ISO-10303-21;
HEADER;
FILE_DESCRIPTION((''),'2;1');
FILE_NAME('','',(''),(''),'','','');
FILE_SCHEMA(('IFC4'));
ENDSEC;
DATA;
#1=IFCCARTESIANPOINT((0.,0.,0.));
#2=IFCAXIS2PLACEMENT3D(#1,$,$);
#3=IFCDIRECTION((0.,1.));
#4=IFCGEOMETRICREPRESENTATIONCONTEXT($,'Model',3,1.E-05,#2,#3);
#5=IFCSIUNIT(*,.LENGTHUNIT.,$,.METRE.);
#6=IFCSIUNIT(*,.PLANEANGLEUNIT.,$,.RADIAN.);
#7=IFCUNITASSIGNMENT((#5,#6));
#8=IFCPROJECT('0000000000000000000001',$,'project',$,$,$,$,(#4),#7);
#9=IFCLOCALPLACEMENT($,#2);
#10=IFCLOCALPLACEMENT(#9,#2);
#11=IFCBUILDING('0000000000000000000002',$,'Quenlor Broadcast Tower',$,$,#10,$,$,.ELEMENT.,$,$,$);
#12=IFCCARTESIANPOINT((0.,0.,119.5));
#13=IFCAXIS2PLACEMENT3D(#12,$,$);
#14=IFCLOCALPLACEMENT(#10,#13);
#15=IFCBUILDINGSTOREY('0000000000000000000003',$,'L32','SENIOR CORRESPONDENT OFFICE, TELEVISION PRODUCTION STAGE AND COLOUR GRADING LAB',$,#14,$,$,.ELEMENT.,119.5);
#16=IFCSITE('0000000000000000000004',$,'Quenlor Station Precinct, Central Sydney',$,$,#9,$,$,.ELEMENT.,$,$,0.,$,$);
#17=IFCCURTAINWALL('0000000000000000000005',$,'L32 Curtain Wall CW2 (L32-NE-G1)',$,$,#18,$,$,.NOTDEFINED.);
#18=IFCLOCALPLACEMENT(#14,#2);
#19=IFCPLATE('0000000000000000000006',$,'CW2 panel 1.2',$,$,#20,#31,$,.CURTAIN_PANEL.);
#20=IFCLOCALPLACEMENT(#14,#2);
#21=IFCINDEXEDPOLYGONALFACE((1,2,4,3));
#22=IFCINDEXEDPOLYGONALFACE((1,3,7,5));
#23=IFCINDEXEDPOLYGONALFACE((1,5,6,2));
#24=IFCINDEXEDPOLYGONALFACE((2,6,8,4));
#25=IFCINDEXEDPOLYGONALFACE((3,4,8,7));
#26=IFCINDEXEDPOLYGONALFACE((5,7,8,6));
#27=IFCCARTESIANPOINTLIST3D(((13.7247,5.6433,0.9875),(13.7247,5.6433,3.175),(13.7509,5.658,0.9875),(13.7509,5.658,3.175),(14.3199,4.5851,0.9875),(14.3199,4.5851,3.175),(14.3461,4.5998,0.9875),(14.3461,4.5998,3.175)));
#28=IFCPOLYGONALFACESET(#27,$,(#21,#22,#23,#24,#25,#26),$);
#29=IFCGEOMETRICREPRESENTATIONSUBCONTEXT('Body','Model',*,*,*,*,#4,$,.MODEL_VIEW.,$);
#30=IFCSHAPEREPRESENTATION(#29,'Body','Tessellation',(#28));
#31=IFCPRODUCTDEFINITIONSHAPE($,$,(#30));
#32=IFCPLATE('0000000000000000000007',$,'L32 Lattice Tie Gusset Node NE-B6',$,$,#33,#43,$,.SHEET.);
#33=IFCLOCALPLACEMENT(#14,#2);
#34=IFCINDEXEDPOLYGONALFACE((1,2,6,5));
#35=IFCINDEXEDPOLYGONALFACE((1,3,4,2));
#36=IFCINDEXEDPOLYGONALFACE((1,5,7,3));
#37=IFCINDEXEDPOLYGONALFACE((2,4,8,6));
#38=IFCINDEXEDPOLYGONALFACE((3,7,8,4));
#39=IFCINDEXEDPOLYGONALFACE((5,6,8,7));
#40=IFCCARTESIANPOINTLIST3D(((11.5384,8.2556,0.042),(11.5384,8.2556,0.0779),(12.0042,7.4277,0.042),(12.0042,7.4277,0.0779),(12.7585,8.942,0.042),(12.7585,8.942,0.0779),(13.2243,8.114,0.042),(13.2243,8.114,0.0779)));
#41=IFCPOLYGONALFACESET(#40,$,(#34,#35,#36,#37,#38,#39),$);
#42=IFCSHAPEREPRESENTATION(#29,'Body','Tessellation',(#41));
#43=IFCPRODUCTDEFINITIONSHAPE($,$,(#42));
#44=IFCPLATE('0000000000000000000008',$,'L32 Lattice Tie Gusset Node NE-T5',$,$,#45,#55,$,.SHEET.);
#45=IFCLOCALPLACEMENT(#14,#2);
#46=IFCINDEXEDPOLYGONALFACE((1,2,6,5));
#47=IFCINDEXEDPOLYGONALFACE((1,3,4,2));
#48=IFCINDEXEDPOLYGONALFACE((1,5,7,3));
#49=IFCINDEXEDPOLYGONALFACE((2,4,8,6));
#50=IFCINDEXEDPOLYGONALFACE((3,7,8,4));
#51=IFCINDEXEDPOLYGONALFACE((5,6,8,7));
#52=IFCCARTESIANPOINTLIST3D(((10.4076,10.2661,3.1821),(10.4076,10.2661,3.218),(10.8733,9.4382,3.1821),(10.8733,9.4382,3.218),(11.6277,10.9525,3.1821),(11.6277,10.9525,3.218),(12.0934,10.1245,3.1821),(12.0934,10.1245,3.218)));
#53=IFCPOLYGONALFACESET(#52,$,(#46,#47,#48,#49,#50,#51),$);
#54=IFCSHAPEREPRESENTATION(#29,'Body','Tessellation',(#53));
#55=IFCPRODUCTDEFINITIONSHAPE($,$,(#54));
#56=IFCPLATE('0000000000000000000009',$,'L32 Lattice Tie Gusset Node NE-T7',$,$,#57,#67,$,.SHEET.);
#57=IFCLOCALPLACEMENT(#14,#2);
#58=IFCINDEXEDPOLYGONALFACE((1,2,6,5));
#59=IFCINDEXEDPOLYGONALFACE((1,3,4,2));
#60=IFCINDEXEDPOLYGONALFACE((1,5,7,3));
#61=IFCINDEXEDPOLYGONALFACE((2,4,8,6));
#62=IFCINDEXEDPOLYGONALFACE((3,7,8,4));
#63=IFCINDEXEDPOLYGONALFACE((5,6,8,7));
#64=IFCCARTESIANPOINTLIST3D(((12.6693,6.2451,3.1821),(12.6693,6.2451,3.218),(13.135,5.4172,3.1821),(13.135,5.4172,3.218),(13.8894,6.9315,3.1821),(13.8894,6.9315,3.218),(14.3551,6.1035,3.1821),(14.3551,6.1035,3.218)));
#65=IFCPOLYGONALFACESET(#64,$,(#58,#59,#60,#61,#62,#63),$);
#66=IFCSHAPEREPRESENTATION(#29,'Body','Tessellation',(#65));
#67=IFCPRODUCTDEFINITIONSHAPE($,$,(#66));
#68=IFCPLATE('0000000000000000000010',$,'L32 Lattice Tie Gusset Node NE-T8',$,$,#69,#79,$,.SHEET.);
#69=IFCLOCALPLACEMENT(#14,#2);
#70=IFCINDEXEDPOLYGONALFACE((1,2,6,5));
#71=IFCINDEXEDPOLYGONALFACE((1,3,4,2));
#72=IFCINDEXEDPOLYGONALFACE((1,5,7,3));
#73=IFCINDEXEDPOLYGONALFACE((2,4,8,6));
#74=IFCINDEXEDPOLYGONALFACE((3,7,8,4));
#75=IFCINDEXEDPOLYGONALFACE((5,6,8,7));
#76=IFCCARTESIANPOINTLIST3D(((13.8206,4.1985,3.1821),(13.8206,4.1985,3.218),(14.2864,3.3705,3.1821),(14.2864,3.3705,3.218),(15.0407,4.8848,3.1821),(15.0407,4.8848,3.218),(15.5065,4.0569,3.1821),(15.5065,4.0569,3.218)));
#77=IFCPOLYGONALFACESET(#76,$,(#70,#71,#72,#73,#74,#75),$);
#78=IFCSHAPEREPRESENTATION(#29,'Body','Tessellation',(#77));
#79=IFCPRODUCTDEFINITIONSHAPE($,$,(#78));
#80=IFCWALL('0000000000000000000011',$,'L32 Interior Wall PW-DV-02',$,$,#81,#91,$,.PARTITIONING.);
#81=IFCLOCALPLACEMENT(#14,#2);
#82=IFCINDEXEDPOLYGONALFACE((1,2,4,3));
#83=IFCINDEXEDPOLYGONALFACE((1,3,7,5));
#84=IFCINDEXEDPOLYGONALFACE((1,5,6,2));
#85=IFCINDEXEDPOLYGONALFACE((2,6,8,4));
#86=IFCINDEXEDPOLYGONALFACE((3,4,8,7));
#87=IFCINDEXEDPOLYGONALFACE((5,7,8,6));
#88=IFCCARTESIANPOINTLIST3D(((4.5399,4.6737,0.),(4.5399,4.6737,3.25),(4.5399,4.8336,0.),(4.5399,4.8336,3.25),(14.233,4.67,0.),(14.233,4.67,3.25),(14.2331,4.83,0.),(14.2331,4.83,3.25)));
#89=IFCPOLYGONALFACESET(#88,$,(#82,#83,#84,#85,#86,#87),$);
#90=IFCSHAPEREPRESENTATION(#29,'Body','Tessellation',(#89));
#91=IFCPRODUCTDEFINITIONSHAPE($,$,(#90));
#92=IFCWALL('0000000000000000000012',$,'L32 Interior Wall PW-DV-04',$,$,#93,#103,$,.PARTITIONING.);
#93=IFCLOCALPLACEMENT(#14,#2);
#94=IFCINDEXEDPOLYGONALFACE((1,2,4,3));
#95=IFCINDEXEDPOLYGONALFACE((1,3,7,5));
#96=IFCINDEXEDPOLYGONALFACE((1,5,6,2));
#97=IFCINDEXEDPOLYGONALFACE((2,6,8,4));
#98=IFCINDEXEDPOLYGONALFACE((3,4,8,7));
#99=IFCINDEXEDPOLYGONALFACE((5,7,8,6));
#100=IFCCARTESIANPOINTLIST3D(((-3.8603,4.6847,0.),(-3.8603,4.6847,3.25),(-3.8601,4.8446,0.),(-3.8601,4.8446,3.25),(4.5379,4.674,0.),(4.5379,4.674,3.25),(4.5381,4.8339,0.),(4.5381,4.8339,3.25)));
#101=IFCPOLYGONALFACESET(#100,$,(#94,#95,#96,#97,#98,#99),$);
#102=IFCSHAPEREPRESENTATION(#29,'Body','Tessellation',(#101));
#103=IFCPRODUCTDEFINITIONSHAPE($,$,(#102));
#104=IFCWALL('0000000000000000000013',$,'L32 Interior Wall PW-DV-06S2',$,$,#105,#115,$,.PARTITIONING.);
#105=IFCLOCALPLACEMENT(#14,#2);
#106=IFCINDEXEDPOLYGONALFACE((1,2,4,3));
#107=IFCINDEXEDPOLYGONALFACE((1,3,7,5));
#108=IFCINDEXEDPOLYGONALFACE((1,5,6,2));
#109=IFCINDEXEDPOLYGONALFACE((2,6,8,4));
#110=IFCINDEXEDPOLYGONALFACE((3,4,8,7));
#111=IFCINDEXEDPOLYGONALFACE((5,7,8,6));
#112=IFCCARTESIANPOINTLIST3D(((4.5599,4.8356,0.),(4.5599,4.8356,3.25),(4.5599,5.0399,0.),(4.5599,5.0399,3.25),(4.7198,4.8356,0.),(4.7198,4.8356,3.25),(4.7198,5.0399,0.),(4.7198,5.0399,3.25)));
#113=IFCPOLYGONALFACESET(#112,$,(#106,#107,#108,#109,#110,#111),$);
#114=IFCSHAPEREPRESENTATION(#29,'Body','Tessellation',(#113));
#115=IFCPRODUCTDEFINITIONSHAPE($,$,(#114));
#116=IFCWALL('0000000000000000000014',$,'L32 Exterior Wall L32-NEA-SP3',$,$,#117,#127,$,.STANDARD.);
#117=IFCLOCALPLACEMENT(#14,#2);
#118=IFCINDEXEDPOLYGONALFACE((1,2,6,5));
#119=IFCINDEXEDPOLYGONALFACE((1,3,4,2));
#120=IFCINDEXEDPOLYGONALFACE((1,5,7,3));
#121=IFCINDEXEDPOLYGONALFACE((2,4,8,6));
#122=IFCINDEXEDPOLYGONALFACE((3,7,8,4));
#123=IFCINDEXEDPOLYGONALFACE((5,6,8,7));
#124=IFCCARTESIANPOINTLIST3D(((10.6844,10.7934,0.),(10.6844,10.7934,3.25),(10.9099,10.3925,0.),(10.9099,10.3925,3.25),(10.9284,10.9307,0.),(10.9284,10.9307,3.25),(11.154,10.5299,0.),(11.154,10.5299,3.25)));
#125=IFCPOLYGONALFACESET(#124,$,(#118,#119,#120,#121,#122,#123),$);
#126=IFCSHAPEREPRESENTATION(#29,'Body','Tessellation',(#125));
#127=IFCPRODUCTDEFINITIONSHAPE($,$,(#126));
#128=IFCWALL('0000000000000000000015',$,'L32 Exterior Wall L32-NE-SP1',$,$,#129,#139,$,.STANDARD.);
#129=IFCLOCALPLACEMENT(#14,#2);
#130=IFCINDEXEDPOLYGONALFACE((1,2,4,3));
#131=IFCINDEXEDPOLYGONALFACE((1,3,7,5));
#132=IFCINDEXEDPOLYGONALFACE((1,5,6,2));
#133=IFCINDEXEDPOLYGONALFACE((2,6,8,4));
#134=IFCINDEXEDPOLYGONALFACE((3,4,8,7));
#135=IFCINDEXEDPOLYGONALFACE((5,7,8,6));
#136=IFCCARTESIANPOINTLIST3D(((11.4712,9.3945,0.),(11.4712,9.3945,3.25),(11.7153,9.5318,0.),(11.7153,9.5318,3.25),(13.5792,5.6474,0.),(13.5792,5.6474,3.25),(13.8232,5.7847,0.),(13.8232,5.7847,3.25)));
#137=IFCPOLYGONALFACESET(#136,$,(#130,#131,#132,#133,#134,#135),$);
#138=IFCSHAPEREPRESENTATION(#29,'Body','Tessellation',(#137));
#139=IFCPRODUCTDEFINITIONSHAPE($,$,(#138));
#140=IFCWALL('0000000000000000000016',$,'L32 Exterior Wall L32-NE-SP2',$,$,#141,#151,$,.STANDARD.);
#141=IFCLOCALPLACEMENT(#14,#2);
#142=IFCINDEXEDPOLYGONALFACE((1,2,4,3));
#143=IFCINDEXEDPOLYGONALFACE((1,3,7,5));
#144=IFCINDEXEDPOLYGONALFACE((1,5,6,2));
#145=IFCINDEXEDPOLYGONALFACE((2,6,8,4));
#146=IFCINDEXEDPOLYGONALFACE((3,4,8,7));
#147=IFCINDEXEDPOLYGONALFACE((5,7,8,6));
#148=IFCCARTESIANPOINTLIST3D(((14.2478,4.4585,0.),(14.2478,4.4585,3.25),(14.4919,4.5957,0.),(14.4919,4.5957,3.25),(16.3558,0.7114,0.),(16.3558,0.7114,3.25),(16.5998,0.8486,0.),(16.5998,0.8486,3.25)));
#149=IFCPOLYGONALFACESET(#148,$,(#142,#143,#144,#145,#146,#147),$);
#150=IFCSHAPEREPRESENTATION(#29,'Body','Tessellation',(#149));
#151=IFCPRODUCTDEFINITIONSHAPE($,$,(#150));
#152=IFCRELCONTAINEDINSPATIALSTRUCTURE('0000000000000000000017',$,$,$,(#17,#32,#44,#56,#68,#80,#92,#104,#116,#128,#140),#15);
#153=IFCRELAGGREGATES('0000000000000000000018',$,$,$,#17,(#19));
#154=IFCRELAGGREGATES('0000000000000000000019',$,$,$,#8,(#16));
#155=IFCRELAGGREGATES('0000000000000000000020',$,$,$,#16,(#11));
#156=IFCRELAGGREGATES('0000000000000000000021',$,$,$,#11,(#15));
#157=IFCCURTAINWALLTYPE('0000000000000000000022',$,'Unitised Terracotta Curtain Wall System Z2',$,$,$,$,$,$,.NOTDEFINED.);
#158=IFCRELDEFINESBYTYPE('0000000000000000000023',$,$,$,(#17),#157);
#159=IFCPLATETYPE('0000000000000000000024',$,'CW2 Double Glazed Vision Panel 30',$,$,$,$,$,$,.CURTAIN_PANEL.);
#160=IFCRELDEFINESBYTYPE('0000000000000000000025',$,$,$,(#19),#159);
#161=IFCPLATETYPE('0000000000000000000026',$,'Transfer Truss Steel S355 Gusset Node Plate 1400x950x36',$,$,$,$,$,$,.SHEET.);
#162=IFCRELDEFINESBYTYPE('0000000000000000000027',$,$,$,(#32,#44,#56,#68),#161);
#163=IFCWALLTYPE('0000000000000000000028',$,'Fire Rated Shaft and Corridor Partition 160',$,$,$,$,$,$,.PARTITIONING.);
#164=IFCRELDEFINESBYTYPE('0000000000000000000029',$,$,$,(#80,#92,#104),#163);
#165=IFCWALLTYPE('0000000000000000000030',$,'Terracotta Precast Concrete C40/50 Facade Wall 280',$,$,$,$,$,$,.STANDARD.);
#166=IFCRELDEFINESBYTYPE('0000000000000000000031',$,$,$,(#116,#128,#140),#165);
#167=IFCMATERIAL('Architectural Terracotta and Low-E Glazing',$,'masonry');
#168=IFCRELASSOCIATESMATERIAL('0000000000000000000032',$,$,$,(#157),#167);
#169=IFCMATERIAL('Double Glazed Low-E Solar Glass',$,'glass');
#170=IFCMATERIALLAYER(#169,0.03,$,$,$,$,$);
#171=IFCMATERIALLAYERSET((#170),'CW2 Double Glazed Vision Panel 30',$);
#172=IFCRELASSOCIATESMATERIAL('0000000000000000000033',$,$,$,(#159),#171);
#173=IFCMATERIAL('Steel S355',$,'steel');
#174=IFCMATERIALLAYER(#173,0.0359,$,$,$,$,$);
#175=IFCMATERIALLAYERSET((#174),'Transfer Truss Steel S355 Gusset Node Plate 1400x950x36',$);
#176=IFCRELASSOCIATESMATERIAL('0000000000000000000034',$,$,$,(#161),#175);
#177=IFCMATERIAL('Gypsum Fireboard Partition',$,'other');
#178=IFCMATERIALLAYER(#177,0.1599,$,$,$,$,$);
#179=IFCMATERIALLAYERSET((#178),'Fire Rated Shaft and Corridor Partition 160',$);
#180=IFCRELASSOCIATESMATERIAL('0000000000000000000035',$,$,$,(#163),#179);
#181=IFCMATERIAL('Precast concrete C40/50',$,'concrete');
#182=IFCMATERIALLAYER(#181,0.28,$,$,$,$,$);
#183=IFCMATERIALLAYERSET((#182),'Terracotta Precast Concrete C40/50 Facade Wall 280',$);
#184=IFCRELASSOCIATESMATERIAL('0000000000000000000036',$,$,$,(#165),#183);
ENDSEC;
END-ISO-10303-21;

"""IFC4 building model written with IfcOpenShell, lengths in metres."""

from ifc_helpers import new_model, si_unit, direction, frame, frame_2d, origin, origin_2d, place, context, subcontext, project, spatial, rectangle, extrude, material, layer, layer_set, type_object, element, aggregate, save


model = new_model("IFC4")

# Units and contexts
model_context = context("Model", 3, precision=1e-05, world=origin(), true_north=direction((0.0, 1.0)))
body_context = subcontext(model_context, "Body", "Model", "MODEL_VIEW")
ifc_project = project(units=[si_unit("LENGTHUNIT", "METRE"), si_unit("PLANEANGLEUNIT", "RADIAN")], contexts=[model_context])

# Site, building, storey
site_placement = place(None, origin())
site = spatial("IfcSite", under=ifc_project, at=site_placement, Name="Quenlor Station Precinct, Central Sydney", CompositionType="ELEMENT", RefElevation=0.0)
building_placement = place(site_placement, origin())
building = spatial("IfcBuilding", under=site, at=building_placement, Name="Quenlor Broadcast Tower", CompositionType="ELEMENT")
storey_placement = place(building_placement, frame((0.0, 0.0, 119.5)))
storey = spatial("IfcBuildingStorey", under=building, at=storey_placement, Name="L32", Description="SENIOR CORRESPONDENT OFFICE, TELEVISION PRODUCTION STAGE AND COLOUR GRADING LAB", CompositionType="ELEMENT", Elevation=119.5)

# Shared definitions
ifc_material_1 = material(Name="Architectural Terracotta and Low-E Glazing", Category="masonry")
curtain_wall_type = type_object("IfcCurtainWallType", Name="Unitised Terracotta Curtain Wall System Z2", PredefinedType="NOTDEFINED", material=ifc_material_1)

# Curtain wall
curtain_wall_1_placement = place(storey_placement, origin())
curtain_wall_1 = element("IfcCurtainWall", 1, at=curtain_wall_1_placement, inside=storey, type_object=curtain_wall_type, Name="L32 Curtain Wall CW2 (L32-NE-G1)", PredefinedType="NOTDEFINED")

# Plate
ifc_material_2 = material(Name="Double Glazed Low-E Solar Glass", Category="glass")
ifc_layer_1 = layer(ifc_material_2, 0.03)
ifc_layer_set_1 = layer_set([ifc_layer_1], Name="CW2 Double Glazed Vision Panel 30")
plate_type_1 = type_object("IfcPlateType", Name="CW2 Double Glazed Vision Panel 30", PredefinedType="CURTAIN_PANEL", material=ifc_layer_set_1)
plate_1_placement = place(storey_placement, frame((14.0354, 5.1216, 0.9875), z_axis=(0.0, 0.0, 1.0), x_axis=(0.490254, -0.871579, 0.0)))
plate_1 = element("IfcPlate", 2, at=plate_1_placement, type_object=plate_type_1, Name="CW2 panel 1.2", PredefinedType="CURTAIN_PANEL", context=body_context, shape_type="SweptSolid", body=[
    extrude(rectangle(XDim=1.2141, YDim=0.03, at=origin_2d()), origin(), (0.0, 0.0, 1.0), 2.1875),
])
aggregate(curtain_wall_1, [plate_1])

# Plates
ifc_material_3 = material(Name="Steel S355", Category="steel")
ifc_layer_2 = layer(ifc_material_3, 0.0359)
ifc_layer_set_2 = layer_set([ifc_layer_2], Name="Transfer Truss Steel S355 Gusset Node Plate 1400x950x36")
plate_type_2 = type_object("IfcPlateType", Name="Transfer Truss Steel S355 Gusset Node Plate 1400x950x36", PredefinedType="SHEET", material=ifc_layer_set_2)
for number, where, z_axis, x_axis, name in (
    (3, (12.3813, 8.1848, 0.042), (0.0, 0.0, 1.0), (0.871556, 0.490295, 0.0), "L32 Lattice Tie Gusset Node NE-B6"),
    (4, (11.2505, 10.1953, 3.1821), (0.0, 0.0, 1.0), (0.871556, 0.490295, 0.0), "L32 Lattice Tie Gusset Node NE-T5"),
    (5, (13.5122, 6.1743, 3.1821), (0.0, 0.0, 1.0), (0.871556, 0.490295, 0.0), "L32 Lattice Tie Gusset Node NE-T7"),
    (6, (14.6636, 4.1277, 3.1821), (0.0, 0.0, 1.0), (0.871556, 0.490295, 0.0), "L32 Lattice Tie Gusset Node NE-T8"),
):
    element("IfcPlate", number, at=place(storey_placement, frame(where, z_axis=z_axis, x_axis=x_axis)), inside=storey, type_object=plate_type_2, Name=name, PredefinedType="SHEET", context=body_context, shape_type="SweptSolid", body=[
        extrude(rectangle(XDim=1.3999, YDim=0.95, at=origin_2d()), origin(), (0.0, 0.0, 1.0), 0.0359),
    ])

# Walls
ifc_material_4 = material(Name="Gypsum Fireboard Partition", Category="other")
ifc_layer_3 = layer(ifc_material_4, 0.1599)
ifc_layer_set_3 = layer_set([ifc_layer_3], Name="Fire Rated Shaft and Corridor Partition 160")
wall_type_1 = type_object("IfcWallType", Name="Fire Rated Shaft and Corridor Partition 160", PredefinedType="PARTITIONING", material=ifc_layer_set_3)
wall_1_placement = place(storey_placement, frame((14.2332, 4.75, 0.0), z_axis=(0.0, 0.0, 1.0), x_axis=(-1.0, 0.000378, 0.0)))
element("IfcWall", 7, at=wall_1_placement, inside=storey, type_object=wall_type_1, Name="L32 Interior Wall PW-DV-02", PredefinedType="PARTITIONING", context=body_context, shape_type="SweptSolid", body=[
    extrude(rectangle(XDim=9.6931, YDim=0.1599, at=frame_2d((4.8467, 0.0))), origin(), (0.0, 0.0, 1.0), 3.25),
])
wall_2_placement = place(storey_placement, frame((4.5381, 4.7539, 0.0), z_axis=(0.0, 0.0, 1.0), x_axis=(-0.999999, 0.001279, 0.0)))
element("IfcWall", 8, at=wall_2_placement, inside=storey, type_object=wall_type_1, Name="L32 Interior Wall PW-DV-04", PredefinedType="PARTITIONING", context=body_context, shape_type="SweptSolid", body=[
    extrude(rectangle(XDim=8.3982, YDim=0.1599, at=frame_2d((4.1992, 0.0))), origin(), (0.0, 0.0, 1.0), 3.25),
])
wall_3_placement = place(storey_placement, frame((4.6399, 4.8357, 0.0), z_axis=(0.0, 0.0, 1.0), x_axis=(0.0, 1.0, 0.0)))
element("IfcWall", 9, at=wall_3_placement, inside=storey, type_object=wall_type_1, Name="L32 Interior Wall PW-DV-06S2", PredefinedType="PARTITIONING", context=body_context, shape_type="SweptSolid", body=[
    extrude(rectangle(XDim=0.2043, YDim=0.1599, at=frame_2d((0.1021, 0.0))), origin(), (0.0, 0.0, 1.0), 3.25),
])
ifc_material_5 = material(Name="Precast concrete C40/50", Category="concrete")
ifc_layer_4 = layer(ifc_material_5, 0.28)
ifc_layer_set_4 = layer_set([ifc_layer_4], Name="Terracotta Precast Concrete C40/50 Facade Wall 280")
wall_type_2 = type_object("IfcWallType", Name="Terracotta Precast Concrete C40/50 Facade Wall 280", PredefinedType="STANDARD", material=ifc_layer_set_4)
wall_4_placement = place(storey_placement, frame((10.8064, 10.8621, 0.0), z_axis=(0.0, 0.0, 1.0), x_axis=(0.490412, -0.87149, 0.0)))
element("IfcWall", 10, at=wall_4_placement, inside=storey, type_object=wall_type_2, Name="L32 Exterior Wall L32-NEA-SP3", PredefinedType="STANDARD", context=body_context, shape_type="SweptSolid", body=[
    extrude(rectangle(XDim=0.46, YDim=0.28, at=frame_2d((0.23, 0.0))), origin(), (0.0, 0.0, 1.0), 3.25),
])
for number, where, z_axis, x_axis, name in (
    (11, (11.5933, 9.4631, 0.0), (0.0, 0.0, 1.0), (0.490294, -0.871557, 0.0), "L32 Exterior Wall L32-NE-SP1"),
    (12, (14.3699, 4.5271, 0.0), (0.0, 0.0, 1.0), (0.490294, -0.871557, 0.0), "L32 Exterior Wall L32-NE-SP2"),
):
    element("IfcWall", number, at=place(storey_placement, frame(where, z_axis=z_axis, x_axis=x_axis)), inside=storey, type_object=wall_type_2, Name=name, PredefinedType="STANDARD", context=body_context, shape_type="SweptSolid", body=[
        extrude(rectangle(XDim=4.2993, YDim=0.28, at=frame_2d((2.1497, 0.0))), origin(), (0.0, 0.0, 1.0), 3.25),
    ])

save(model, "model.ifc")
